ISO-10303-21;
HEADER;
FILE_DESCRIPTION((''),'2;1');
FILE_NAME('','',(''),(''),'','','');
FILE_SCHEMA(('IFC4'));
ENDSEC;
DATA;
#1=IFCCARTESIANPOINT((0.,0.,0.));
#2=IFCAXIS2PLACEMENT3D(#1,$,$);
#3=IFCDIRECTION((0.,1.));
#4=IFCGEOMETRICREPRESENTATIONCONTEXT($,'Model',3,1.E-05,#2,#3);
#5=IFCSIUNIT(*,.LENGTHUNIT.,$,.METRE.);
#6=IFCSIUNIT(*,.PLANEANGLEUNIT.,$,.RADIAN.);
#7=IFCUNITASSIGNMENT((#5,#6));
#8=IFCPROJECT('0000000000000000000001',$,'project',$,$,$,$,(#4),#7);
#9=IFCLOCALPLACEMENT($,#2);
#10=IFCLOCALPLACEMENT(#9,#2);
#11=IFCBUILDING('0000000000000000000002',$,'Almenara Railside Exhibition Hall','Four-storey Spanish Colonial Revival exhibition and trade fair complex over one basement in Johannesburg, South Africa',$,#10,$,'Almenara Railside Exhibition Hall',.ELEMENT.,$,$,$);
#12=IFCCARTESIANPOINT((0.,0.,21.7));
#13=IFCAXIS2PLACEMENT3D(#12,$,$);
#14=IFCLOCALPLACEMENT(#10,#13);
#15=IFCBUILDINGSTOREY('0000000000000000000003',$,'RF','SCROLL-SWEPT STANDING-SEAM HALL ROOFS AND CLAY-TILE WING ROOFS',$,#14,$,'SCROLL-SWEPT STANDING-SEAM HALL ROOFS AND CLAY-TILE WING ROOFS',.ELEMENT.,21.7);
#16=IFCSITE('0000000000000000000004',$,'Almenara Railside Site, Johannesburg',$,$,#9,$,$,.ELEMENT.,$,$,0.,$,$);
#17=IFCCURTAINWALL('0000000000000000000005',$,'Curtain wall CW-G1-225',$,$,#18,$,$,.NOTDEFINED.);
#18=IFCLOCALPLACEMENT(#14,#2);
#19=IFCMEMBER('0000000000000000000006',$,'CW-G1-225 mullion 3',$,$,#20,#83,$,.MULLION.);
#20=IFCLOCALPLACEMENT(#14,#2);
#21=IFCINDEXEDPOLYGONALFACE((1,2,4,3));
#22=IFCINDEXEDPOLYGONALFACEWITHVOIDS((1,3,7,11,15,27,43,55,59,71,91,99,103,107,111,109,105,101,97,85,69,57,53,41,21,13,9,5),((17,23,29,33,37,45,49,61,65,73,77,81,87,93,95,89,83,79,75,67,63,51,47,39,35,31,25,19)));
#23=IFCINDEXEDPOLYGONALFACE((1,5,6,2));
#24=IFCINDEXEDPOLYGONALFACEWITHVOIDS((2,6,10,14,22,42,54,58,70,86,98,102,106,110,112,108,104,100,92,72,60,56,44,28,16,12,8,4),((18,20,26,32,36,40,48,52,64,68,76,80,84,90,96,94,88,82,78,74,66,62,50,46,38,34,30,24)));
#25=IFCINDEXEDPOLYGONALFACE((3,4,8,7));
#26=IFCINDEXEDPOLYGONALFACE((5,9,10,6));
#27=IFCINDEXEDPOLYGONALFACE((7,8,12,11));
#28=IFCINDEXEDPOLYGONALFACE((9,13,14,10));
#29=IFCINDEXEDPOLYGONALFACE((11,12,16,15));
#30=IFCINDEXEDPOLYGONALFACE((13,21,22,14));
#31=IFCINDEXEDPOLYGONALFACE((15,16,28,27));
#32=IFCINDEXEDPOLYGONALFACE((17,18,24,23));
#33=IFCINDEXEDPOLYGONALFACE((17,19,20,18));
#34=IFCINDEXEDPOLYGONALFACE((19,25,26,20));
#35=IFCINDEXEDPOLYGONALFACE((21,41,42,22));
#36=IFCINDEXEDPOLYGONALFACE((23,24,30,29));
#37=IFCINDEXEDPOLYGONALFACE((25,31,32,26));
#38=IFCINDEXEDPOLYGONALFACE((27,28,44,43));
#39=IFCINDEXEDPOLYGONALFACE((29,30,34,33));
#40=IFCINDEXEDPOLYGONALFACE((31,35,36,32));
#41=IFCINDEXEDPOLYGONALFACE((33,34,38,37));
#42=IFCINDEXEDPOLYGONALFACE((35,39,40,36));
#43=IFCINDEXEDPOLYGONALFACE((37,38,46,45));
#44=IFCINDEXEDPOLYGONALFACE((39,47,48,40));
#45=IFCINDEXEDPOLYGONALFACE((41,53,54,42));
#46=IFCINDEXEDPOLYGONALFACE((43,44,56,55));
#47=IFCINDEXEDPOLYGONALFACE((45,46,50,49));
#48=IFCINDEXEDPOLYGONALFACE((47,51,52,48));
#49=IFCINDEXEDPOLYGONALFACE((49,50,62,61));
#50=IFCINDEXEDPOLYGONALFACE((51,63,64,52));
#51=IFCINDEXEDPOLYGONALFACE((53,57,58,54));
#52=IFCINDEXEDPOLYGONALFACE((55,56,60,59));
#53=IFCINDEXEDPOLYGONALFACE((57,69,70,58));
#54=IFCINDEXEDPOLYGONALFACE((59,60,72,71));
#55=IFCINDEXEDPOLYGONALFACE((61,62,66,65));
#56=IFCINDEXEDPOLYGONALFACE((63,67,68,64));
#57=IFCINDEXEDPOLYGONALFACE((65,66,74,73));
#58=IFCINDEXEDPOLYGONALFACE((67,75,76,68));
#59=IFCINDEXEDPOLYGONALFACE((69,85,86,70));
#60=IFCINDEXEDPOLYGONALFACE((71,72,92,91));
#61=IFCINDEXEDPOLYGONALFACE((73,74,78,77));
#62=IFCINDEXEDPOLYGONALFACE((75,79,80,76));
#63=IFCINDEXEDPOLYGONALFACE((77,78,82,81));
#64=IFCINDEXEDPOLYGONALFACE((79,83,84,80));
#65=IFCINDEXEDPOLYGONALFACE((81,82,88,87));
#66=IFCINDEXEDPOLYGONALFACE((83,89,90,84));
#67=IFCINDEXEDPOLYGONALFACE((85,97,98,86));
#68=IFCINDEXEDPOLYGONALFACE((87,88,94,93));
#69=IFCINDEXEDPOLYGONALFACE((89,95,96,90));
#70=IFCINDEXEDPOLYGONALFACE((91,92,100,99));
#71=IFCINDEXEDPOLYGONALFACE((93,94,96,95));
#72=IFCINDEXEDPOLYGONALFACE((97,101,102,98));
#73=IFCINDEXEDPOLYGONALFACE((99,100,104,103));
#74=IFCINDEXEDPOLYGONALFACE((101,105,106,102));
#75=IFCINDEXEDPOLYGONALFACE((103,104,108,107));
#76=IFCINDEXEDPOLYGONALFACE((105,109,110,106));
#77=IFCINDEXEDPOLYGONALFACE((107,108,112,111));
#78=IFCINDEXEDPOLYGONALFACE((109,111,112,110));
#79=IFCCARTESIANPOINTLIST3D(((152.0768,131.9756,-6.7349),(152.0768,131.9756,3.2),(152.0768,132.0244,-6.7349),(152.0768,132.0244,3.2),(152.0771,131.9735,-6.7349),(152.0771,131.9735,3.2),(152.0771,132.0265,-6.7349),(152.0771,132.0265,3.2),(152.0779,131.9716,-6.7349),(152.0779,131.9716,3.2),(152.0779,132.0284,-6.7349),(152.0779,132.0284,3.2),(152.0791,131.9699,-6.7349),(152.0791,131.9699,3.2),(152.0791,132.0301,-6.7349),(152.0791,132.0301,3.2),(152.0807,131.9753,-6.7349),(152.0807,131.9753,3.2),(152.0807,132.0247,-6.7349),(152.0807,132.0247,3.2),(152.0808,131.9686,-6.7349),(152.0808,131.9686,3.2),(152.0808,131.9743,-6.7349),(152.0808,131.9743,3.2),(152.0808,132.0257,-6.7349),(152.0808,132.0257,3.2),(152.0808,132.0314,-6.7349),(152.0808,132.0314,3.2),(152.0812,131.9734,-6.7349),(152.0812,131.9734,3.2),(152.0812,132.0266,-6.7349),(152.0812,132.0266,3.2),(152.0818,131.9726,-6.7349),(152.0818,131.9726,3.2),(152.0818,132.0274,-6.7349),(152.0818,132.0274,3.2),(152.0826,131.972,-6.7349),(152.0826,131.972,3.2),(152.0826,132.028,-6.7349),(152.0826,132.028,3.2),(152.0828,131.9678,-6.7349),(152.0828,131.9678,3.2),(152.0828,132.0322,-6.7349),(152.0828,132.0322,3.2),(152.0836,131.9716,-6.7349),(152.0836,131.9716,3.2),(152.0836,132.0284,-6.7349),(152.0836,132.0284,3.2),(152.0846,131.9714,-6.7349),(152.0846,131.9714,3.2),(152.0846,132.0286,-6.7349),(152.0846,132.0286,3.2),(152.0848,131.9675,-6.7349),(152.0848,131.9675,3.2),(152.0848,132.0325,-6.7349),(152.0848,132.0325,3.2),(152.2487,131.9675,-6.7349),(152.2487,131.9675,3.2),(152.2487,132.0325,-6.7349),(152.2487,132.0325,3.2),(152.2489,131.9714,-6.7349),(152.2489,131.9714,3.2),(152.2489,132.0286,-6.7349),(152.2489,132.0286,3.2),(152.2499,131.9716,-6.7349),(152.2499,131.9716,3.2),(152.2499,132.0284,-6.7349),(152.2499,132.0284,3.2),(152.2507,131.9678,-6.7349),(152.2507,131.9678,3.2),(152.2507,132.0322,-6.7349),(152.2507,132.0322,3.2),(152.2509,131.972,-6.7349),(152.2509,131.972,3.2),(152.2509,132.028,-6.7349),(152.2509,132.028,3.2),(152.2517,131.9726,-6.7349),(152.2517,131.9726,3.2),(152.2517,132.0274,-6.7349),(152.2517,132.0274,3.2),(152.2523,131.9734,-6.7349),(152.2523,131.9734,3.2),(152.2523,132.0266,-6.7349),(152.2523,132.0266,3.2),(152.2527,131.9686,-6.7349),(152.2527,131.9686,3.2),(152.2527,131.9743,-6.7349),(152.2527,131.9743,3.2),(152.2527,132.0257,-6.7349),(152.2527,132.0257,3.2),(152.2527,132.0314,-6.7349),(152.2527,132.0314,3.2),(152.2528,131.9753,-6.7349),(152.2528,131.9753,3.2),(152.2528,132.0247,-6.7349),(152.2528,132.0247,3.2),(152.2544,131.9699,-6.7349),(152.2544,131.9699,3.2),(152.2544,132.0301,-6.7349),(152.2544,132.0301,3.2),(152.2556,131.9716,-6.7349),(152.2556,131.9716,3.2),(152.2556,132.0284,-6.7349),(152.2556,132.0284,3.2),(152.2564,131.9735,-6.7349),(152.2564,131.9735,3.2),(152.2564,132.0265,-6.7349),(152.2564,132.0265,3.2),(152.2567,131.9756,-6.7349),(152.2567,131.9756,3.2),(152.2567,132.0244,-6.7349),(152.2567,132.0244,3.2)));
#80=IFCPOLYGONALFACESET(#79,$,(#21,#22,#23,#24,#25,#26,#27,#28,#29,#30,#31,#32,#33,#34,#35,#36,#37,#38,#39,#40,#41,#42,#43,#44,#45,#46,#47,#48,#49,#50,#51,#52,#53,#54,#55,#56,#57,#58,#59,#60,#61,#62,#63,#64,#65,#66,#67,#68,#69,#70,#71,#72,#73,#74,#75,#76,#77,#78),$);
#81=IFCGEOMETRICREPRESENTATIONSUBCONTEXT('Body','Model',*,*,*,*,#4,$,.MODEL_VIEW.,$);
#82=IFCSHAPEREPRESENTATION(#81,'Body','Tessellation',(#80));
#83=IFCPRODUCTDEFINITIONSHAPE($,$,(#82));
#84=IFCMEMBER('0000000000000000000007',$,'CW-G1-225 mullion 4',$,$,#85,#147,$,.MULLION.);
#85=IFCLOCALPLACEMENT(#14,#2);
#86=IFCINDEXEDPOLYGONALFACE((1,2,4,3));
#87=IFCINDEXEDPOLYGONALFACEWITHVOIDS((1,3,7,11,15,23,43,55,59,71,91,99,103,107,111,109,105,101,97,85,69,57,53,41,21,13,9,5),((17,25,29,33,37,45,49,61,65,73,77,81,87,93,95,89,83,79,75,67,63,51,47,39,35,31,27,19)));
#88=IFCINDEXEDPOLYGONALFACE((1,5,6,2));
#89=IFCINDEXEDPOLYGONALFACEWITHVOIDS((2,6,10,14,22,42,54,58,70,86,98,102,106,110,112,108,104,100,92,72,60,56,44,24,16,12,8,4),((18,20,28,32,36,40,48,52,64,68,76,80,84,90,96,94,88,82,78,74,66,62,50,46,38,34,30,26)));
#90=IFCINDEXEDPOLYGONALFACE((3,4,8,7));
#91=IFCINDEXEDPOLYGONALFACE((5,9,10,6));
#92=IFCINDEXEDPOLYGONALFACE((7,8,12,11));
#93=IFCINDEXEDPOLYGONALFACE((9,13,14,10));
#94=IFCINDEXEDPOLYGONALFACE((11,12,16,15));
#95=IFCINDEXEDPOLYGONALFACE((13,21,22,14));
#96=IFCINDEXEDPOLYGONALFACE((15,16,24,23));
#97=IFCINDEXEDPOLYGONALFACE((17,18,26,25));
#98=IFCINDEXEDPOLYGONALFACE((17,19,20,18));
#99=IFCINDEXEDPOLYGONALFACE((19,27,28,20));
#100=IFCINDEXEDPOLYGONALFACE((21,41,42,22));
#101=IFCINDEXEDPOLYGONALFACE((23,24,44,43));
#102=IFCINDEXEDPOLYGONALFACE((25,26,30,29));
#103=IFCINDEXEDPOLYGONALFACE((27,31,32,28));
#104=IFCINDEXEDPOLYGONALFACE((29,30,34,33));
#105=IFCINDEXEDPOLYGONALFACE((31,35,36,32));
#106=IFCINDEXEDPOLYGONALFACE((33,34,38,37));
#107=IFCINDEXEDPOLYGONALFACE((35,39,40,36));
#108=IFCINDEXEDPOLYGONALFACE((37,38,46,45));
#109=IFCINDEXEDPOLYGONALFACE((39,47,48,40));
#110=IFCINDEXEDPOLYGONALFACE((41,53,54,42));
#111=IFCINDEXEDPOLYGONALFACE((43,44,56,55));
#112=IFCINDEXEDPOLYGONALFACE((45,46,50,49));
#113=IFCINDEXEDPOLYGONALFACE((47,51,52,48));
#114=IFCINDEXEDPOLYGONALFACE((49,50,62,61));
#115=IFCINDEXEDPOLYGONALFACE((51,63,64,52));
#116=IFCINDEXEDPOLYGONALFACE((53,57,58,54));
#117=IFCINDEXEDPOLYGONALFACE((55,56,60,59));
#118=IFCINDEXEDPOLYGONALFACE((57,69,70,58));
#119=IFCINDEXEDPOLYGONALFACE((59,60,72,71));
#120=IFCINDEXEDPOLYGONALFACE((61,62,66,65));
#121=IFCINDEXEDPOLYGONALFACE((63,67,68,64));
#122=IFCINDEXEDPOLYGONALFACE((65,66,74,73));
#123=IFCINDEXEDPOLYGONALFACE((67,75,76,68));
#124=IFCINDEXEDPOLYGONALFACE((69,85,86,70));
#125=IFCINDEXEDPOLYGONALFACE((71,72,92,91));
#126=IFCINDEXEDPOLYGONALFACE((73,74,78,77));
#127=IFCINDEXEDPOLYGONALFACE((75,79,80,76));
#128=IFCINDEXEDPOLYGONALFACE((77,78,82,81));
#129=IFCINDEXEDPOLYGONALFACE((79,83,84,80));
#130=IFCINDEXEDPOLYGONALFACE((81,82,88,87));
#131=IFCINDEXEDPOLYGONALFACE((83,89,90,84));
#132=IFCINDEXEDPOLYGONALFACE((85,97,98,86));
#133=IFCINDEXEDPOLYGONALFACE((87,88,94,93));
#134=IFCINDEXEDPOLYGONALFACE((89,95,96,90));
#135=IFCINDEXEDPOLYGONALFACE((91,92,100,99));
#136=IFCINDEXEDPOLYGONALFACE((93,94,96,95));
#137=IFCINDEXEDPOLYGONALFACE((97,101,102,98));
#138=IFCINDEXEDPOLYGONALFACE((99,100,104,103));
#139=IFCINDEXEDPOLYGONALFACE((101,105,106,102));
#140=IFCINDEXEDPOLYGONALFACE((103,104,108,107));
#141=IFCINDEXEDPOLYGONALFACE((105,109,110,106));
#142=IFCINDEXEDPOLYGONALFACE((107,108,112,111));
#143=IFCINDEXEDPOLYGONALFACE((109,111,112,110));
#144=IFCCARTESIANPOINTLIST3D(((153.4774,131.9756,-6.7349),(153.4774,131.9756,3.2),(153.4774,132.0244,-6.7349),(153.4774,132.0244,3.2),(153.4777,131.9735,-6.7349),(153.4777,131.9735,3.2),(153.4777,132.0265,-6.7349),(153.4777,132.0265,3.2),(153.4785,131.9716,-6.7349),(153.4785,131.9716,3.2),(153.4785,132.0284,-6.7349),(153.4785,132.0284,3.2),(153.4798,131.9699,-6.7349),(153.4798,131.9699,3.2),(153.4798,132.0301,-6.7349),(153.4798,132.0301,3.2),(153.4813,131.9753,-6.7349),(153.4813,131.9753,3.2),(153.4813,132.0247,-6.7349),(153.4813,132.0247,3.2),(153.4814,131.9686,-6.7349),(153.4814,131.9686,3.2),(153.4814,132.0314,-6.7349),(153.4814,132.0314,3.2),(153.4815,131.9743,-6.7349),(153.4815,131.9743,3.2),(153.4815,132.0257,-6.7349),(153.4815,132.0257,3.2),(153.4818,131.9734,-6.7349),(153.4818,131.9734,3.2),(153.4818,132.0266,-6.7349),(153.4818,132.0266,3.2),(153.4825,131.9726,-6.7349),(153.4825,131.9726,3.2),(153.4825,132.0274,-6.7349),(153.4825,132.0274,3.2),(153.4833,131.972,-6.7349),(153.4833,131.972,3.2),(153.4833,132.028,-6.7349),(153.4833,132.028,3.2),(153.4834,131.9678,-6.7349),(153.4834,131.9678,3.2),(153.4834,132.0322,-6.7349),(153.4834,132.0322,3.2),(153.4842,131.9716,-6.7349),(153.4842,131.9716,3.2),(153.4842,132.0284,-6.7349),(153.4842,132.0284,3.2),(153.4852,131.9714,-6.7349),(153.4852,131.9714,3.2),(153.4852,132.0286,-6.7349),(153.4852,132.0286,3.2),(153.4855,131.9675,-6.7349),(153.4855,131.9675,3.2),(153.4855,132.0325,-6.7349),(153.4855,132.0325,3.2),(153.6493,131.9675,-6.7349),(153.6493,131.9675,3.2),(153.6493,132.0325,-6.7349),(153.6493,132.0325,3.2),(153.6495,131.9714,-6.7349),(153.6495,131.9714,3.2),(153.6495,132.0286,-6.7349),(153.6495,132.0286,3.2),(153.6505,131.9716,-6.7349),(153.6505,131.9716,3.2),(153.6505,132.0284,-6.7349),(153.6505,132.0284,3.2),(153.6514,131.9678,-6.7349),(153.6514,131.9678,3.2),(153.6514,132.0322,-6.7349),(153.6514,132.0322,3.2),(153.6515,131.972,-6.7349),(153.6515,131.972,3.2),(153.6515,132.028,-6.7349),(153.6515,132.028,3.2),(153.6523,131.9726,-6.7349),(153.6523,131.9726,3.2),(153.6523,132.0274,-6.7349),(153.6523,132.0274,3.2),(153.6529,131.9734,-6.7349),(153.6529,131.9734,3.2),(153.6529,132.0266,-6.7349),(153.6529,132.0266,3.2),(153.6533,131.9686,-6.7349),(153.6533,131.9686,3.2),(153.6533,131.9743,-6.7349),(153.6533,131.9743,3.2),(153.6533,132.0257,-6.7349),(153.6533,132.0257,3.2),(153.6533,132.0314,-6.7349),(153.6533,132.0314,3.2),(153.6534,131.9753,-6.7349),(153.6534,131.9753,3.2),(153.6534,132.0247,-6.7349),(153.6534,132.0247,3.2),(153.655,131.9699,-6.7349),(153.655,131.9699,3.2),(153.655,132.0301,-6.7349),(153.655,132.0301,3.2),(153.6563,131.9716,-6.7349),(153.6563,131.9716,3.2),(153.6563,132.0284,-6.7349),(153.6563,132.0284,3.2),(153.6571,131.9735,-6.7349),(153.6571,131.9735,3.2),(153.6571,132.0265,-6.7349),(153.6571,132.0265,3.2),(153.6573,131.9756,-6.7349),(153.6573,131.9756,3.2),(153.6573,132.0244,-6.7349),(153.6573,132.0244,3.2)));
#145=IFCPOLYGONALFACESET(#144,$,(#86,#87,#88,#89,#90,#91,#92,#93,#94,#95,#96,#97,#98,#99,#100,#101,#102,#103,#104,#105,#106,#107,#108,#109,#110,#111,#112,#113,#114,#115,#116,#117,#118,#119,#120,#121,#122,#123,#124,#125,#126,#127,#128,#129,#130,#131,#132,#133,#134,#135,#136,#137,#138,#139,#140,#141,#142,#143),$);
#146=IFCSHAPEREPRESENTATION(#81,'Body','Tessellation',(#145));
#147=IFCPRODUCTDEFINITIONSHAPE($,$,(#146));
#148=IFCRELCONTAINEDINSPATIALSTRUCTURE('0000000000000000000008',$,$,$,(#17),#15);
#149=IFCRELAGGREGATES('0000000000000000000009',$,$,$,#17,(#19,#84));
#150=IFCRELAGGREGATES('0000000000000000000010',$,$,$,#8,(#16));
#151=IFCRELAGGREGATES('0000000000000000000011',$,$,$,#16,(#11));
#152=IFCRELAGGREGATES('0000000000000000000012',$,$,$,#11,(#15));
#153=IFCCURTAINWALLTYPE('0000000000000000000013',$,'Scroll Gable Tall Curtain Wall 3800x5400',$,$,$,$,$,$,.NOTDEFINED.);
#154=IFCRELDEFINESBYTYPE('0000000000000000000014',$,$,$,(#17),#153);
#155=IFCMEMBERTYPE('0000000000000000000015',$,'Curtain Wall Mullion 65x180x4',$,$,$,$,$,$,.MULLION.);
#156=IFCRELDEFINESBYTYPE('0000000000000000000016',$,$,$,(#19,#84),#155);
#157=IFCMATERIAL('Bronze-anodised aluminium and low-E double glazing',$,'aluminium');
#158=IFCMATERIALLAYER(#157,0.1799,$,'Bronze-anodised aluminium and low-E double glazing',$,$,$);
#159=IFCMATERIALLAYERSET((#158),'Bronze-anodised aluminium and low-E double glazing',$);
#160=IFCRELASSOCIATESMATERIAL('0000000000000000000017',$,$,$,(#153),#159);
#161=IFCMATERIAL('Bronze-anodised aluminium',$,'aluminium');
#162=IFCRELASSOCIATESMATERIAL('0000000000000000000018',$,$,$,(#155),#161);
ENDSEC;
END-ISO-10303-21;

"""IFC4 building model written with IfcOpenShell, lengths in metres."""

from ifc_helpers import new_model, si_unit, direction, frame, origin, origin_2d, place, context, subcontext, project, spatial, hollow_rectangle, extrude, material, layer, layer_set, material_profile, profile_set, type_object, element, aggregate, save


model = new_model("IFC4")

# Units and contexts
model_context = context("Model", 3, precision=1e-05, world=origin(), true_north=direction((0.0, 1.0)))
body_context = subcontext(model_context, "Body", "Model", "MODEL_VIEW")
ifc_project = project(units=[si_unit("LENGTHUNIT", "METRE"), si_unit("PLANEANGLEUNIT", "RADIAN")], contexts=[model_context])

# Site, building, storey
site_placement = place(None, origin())
site = spatial("IfcSite", under=ifc_project, at=site_placement, Name="Almenara Railside Site, Johannesburg", CompositionType="ELEMENT", RefElevation=0.0)
building_placement = place(site_placement, origin())
building = spatial("IfcBuilding", under=site, at=building_placement, Name="Almenara Railside Exhibition Hall", Description="Four-storey Spanish Colonial Revival exhibition and trade fair complex over one basement in Johannesburg, South Africa", LongName="Almenara Railside Exhibition Hall", CompositionType="ELEMENT")
storey_placement = place(building_placement, frame((0.0, 0.0, 21.7)))
storey = spatial("IfcBuildingStorey", under=building, at=storey_placement, Name="RF", Description="SCROLL-SWEPT STANDING-SEAM HALL ROOFS AND CLAY-TILE WING ROOFS", LongName="SCROLL-SWEPT STANDING-SEAM HALL ROOFS AND CLAY-TILE WING ROOFS", CompositionType="ELEMENT", Elevation=21.7)

# Curtain wall, members
ifc_material_1 = material(Name="Bronze-anodised aluminium and low-E double glazing", Category="aluminium")
ifc_layer_1 = layer(ifc_material_1, 0.1799, Name="Bronze-anodised aluminium and low-E double glazing")
ifc_layer_set_1 = layer_set([ifc_layer_1], Name="Bronze-anodised aluminium and low-E double glazing")
curtain_wall_type = type_object("IfcCurtainWallType", Name="Scroll Gable Tall Curtain Wall 3800x5400", PredefinedType="NOTDEFINED", material=ifc_layer_set_1)
ifc_material_2 = material(Name="Bronze-anodised aluminium", Category="aluminium")
curtain_wall_1_placement = place(storey_placement, origin())
curtain_wall_1 = element("IfcCurtainWall", 1, at=curtain_wall_1_placement, inside=storey, type_object=curtain_wall_type, Name="Curtain wall CW-G1-225", PredefinedType="NOTDEFINED")
ifc_material_profile_1 = material_profile(ifc_material_2, hollow_rectangle(XDim=0.0649, YDim=0.1799, WallThickness=0.0039, InnerFilletRadius=0.0039, OuterFilletRadius=0.0081, at=origin_2d()), Name="ALU-MUL 65x180x4")
ifc_profile_set_1 = profile_set([ifc_material_profile_1], Name="Bronze-anodised aluminium")
member_type_1 = type_object("IfcMemberType", Name="Curtain Wall Mullion 65x180x4", PredefinedType="MULLION", material=ifc_profile_set_1)
member_1_placement = place(storey_placement, frame((152.1667, 132.0, -6.7349), z_axis=(0.0, 0.0, 1.0), x_axis=(0.0, 1.0, 0.0)))
member_1 = element("IfcMember", 2, at=member_1_placement, type_object=member_type_1, Name="CW-G1-225 mullion 3", PredefinedType="MULLION", context=body_context, shape_type="SweptSolid", body=[
    extrude(hollow_rectangle(XDim=0.0649, YDim=0.1799, WallThickness=0.0039, InnerFilletRadius=0.0039, OuterFilletRadius=0.0081, at=origin_2d()), origin(), (0.0, 0.0, 1.0), 9.9348),
])
member_2_placement = place(storey_placement, frame((153.5674, 132.0, -6.7349), z_axis=(0.0, 0.0, 1.0), x_axis=(0.0, 1.0, 0.0)))
member_2 = element("IfcMember", 3, at=member_2_placement, type_object=member_type_1, Name="CW-G1-225 mullion 4", PredefinedType="MULLION", context=body_context, shape_type="SweptSolid", body=[
    extrude(hollow_rectangle(XDim=0.0649, YDim=0.1799, WallThickness=0.0039, InnerFilletRadius=0.0039, OuterFilletRadius=0.0081, at=origin_2d()), origin(), (0.0, 0.0, 1.0), 9.9348),
])

aggregate(curtain_wall_1, [member_1, member_2])

save(model, "model.ifc")
